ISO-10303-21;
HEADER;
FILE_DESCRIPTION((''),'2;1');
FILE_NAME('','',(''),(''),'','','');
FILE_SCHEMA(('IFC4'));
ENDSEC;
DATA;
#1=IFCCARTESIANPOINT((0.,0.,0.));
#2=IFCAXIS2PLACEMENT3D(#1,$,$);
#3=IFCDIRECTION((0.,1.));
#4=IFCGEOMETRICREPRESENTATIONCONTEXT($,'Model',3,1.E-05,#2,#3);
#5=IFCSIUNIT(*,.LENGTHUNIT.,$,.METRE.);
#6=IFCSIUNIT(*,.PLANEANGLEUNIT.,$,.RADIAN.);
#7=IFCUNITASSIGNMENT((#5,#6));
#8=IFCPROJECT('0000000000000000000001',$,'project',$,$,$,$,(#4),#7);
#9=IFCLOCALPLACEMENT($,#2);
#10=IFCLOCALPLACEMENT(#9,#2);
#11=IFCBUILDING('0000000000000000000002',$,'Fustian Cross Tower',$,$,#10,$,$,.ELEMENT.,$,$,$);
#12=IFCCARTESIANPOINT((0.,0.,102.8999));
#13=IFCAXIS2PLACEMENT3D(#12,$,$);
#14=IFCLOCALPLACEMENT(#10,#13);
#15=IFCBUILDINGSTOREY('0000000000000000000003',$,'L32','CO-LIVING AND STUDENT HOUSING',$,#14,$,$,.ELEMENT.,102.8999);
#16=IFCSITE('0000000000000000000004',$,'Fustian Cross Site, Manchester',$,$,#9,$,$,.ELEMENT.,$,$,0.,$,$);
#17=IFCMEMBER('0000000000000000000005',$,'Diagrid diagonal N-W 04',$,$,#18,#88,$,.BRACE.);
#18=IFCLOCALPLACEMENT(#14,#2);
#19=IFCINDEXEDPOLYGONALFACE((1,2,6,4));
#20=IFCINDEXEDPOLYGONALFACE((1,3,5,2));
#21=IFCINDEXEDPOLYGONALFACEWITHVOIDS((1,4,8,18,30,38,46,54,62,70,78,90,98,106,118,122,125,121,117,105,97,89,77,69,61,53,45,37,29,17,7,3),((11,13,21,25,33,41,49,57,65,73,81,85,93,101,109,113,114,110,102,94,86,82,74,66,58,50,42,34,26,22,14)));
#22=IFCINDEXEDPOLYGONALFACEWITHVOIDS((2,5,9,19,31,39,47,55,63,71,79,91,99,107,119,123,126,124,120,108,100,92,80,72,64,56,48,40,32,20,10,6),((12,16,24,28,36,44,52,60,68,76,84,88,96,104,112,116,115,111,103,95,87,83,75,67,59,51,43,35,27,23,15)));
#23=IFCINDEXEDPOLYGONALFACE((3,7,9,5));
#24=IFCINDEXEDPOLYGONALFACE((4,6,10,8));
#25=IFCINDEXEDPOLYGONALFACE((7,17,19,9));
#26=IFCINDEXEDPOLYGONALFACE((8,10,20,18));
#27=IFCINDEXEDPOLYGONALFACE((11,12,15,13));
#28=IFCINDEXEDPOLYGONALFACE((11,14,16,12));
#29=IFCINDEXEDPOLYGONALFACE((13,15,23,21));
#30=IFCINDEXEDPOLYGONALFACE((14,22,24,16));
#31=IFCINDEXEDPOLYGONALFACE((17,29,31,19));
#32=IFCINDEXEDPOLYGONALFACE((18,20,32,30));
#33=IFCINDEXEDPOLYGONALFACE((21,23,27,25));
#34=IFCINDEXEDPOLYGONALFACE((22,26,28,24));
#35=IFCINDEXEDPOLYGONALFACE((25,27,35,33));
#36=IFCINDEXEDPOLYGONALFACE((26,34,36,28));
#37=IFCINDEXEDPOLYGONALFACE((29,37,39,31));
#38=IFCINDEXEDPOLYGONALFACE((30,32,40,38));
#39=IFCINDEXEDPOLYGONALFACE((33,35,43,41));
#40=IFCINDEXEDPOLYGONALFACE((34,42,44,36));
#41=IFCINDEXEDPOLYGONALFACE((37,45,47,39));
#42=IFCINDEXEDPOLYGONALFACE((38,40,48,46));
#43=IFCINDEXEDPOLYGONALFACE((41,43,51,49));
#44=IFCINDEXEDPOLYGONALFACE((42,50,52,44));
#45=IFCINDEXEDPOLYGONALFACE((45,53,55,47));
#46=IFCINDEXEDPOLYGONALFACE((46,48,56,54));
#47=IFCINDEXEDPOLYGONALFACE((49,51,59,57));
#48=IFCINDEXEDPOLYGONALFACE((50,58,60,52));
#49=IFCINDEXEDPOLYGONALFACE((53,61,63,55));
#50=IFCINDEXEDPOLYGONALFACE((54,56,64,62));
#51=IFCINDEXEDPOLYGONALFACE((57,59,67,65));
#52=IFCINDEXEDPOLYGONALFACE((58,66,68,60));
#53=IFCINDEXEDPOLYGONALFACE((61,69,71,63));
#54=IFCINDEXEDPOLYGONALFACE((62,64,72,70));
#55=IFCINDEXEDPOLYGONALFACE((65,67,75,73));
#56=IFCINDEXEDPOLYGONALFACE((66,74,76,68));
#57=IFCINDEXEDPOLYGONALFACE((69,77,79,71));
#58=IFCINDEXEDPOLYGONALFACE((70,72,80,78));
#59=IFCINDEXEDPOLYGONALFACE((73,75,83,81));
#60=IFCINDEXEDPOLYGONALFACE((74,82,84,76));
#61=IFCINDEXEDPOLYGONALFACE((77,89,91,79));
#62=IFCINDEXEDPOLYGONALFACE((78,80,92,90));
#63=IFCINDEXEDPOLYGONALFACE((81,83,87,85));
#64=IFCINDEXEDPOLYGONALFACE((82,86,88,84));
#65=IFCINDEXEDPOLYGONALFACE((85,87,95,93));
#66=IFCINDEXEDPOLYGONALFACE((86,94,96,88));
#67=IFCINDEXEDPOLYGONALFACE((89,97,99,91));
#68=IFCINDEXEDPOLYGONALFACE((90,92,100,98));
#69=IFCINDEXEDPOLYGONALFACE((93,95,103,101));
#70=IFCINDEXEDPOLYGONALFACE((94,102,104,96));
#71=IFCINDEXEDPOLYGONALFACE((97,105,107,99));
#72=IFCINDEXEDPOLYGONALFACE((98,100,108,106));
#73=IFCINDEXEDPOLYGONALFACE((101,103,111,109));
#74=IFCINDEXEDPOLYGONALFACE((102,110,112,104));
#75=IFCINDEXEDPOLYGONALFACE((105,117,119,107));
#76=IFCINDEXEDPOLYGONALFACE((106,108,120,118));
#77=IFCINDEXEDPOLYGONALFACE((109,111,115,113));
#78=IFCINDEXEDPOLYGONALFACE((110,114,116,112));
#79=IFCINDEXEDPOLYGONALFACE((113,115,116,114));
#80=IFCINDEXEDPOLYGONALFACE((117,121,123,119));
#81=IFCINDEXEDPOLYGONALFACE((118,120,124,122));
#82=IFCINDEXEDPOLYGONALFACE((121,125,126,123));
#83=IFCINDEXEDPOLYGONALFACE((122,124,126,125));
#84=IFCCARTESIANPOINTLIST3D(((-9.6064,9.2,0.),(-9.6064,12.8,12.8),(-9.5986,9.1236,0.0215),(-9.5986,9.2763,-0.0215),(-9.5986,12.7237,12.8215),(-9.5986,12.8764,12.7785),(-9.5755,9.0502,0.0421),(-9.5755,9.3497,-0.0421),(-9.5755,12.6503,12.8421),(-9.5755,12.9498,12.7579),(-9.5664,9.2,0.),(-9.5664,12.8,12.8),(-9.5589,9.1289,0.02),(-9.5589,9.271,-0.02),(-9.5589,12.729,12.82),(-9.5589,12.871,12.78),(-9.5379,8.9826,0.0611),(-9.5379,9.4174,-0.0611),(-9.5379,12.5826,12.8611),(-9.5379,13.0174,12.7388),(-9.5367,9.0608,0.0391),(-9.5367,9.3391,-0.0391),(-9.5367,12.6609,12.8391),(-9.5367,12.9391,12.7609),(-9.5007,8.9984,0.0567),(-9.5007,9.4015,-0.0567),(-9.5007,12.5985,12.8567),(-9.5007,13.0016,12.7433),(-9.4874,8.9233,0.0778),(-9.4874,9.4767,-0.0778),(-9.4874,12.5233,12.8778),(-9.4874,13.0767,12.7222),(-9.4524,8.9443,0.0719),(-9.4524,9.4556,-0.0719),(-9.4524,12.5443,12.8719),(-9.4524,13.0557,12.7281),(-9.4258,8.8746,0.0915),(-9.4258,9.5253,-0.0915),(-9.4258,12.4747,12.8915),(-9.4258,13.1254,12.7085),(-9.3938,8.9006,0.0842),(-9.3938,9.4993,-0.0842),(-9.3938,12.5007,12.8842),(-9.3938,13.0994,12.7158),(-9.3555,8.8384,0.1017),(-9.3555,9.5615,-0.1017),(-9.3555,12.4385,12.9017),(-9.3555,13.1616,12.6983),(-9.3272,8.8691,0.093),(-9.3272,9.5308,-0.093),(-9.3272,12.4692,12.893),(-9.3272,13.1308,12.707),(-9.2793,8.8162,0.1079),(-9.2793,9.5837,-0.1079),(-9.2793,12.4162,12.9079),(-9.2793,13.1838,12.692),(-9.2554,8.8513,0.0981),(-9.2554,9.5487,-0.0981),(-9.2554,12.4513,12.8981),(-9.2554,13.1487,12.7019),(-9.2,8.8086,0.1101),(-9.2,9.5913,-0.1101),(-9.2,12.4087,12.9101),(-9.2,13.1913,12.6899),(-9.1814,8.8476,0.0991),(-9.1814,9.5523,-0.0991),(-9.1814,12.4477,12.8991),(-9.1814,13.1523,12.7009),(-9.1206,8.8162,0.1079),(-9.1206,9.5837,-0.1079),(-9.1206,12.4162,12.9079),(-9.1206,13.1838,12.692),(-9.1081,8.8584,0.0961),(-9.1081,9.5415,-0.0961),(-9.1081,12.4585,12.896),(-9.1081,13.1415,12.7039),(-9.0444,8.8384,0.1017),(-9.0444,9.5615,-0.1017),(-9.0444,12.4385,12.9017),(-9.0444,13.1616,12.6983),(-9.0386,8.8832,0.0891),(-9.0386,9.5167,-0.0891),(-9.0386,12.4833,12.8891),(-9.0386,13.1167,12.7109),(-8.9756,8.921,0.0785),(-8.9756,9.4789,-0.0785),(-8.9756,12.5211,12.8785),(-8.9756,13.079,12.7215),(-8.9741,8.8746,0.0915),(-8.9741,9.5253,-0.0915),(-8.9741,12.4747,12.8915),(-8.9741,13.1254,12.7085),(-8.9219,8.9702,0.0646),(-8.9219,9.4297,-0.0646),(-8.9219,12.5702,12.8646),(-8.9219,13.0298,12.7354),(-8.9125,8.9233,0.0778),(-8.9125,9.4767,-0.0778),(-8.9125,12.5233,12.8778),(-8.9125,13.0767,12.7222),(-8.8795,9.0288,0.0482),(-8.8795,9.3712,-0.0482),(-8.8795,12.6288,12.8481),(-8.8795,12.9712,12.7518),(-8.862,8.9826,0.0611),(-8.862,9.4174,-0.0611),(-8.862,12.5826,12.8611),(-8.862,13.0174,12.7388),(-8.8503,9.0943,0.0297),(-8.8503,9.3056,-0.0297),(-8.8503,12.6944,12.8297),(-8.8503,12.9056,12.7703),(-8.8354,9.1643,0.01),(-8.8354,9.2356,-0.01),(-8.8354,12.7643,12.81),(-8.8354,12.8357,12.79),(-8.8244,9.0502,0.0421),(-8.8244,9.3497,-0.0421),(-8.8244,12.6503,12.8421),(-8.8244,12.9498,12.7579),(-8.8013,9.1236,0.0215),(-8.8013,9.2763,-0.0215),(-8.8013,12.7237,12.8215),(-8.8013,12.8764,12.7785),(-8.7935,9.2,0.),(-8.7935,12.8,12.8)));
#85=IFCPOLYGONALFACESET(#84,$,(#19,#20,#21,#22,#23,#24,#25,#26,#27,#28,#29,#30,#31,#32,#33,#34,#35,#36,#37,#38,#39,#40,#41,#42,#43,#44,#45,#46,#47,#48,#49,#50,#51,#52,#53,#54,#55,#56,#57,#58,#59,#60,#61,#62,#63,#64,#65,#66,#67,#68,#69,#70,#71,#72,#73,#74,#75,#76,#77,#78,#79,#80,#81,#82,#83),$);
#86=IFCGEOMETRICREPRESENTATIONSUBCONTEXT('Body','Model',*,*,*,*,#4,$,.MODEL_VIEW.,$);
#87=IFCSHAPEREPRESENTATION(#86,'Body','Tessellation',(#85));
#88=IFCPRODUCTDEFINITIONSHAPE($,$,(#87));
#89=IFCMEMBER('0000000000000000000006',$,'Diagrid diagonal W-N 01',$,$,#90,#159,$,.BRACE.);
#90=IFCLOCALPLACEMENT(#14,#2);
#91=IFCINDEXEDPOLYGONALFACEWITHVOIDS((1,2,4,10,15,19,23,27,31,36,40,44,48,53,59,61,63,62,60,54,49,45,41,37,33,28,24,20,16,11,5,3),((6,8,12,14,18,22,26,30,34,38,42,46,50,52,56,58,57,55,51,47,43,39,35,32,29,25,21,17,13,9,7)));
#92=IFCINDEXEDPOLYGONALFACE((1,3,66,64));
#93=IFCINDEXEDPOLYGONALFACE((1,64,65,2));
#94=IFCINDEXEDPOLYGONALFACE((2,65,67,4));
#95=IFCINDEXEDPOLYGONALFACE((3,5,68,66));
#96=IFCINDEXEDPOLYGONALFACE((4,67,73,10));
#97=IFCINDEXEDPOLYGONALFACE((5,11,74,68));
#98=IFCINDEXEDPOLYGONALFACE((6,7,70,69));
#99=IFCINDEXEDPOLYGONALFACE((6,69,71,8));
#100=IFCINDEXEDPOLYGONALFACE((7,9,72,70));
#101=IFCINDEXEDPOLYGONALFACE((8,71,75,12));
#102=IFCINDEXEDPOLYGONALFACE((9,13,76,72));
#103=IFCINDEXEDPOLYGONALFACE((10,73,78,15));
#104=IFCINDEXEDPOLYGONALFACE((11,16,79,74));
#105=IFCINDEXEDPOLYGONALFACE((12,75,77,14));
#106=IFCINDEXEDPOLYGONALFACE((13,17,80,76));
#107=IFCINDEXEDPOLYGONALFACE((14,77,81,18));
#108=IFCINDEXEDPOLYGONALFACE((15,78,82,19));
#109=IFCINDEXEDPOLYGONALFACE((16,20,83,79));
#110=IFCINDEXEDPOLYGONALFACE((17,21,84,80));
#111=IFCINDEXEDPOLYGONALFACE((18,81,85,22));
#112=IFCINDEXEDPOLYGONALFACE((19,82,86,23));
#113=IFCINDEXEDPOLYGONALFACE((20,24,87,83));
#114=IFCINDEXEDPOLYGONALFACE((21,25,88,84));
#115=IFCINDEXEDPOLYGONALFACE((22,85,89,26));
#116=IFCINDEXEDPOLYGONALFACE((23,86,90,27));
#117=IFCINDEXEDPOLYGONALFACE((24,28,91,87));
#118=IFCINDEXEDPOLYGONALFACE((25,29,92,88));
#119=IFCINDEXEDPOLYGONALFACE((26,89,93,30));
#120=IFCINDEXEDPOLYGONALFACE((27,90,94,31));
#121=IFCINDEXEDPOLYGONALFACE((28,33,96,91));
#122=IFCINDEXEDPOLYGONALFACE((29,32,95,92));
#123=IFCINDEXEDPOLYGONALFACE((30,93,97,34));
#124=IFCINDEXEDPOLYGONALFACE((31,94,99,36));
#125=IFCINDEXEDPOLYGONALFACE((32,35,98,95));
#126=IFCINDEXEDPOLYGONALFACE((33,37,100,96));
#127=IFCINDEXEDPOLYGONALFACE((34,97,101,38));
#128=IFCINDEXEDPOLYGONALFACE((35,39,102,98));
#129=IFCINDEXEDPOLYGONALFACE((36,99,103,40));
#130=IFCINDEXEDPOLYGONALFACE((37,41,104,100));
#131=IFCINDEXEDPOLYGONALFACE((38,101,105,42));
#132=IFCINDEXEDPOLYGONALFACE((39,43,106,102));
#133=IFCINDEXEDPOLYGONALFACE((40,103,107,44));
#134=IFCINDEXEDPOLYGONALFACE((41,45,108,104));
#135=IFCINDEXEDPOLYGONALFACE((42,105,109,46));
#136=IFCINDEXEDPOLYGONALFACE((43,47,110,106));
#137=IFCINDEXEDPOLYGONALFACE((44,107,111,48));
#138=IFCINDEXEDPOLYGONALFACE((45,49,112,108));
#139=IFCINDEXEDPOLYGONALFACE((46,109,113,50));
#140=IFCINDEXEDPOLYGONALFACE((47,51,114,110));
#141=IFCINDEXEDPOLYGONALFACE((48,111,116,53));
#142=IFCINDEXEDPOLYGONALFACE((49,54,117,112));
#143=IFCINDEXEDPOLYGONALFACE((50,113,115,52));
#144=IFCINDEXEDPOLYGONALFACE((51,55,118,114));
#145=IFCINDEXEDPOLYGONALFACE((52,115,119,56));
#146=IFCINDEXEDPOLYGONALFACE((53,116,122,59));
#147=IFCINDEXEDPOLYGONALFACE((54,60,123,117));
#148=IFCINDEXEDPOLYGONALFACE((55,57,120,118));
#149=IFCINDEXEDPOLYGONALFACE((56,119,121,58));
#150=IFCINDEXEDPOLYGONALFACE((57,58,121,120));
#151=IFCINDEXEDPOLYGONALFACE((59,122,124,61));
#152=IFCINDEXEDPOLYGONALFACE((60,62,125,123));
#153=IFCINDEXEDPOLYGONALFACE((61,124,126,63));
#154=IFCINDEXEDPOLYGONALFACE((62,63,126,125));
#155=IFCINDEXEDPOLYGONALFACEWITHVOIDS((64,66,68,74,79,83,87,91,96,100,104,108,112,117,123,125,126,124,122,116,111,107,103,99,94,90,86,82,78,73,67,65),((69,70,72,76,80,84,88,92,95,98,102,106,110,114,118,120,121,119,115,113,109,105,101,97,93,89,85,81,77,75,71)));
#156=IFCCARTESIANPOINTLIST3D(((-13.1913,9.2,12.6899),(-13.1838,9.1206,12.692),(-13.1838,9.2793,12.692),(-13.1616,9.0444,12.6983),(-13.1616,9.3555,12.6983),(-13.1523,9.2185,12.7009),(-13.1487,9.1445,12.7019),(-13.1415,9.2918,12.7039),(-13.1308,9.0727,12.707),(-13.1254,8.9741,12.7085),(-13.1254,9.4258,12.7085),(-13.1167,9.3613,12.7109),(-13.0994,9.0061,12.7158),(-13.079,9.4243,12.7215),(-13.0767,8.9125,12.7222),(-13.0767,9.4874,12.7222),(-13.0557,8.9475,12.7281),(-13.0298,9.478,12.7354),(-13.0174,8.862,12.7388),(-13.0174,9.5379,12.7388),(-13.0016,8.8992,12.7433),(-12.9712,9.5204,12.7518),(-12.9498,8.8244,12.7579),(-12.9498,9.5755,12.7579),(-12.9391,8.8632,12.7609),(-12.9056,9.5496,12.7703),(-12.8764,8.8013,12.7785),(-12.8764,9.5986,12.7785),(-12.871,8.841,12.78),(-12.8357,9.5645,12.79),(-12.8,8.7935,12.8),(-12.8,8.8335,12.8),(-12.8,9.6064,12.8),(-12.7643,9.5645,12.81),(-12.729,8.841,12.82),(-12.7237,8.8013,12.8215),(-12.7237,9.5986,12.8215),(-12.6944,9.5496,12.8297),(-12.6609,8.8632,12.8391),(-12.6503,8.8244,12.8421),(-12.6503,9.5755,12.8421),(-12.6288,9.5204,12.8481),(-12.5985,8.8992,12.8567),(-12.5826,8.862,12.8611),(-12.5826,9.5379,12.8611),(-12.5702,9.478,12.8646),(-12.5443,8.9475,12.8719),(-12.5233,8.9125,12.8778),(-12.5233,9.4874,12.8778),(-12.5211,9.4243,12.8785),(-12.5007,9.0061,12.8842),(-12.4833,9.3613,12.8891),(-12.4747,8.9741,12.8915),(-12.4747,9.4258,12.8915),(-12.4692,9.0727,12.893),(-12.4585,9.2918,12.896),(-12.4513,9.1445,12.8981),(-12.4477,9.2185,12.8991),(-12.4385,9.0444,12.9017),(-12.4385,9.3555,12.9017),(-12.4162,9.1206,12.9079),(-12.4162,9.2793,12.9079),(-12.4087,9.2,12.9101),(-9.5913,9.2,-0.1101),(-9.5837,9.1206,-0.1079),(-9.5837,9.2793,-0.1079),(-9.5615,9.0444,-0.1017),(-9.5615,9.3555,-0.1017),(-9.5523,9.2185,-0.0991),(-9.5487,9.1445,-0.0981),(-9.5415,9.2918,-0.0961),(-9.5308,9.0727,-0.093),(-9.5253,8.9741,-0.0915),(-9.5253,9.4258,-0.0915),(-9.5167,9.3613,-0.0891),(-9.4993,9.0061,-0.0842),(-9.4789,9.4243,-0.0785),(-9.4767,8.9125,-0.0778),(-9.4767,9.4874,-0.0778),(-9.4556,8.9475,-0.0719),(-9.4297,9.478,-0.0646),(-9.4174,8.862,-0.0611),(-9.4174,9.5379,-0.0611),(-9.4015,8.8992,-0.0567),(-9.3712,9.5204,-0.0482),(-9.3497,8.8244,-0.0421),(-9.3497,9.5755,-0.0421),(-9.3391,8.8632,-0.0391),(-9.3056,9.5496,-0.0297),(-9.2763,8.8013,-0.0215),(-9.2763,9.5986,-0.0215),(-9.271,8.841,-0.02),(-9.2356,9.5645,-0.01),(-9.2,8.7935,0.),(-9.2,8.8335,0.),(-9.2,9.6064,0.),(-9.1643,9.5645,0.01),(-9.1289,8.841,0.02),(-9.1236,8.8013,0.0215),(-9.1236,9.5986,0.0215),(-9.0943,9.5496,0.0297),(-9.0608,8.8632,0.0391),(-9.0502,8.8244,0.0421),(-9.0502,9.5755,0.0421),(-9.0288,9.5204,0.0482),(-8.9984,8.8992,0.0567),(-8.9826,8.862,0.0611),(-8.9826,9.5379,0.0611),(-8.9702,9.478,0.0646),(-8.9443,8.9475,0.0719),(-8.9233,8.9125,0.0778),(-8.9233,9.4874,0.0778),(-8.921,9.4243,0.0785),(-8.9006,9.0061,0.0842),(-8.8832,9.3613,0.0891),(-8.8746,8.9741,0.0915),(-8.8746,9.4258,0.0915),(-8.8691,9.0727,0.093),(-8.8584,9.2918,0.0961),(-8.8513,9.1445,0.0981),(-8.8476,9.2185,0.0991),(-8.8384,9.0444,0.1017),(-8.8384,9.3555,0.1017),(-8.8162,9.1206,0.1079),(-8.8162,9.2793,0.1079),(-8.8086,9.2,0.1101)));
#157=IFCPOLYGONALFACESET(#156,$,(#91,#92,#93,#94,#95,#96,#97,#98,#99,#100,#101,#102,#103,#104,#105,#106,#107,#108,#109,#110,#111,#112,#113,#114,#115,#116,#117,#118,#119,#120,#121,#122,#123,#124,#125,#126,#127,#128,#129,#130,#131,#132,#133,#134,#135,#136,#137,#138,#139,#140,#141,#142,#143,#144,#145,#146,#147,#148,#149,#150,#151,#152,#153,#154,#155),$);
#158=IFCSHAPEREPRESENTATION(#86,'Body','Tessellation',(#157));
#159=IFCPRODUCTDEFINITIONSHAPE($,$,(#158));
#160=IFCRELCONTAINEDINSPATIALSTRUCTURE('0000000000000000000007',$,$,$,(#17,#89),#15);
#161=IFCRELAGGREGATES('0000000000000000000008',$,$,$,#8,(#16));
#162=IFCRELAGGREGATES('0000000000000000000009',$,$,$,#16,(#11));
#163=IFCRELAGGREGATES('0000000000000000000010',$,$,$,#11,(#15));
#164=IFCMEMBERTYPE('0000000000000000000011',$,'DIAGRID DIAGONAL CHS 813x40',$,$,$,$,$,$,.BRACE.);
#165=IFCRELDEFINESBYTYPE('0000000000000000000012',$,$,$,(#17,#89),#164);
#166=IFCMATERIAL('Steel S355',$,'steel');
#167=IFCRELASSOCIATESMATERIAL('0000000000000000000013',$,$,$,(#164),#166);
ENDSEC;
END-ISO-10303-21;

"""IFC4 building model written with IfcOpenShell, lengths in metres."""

from ifc_helpers import new_model, si_unit, direction, frame, origin, origin_2d, place, context, subcontext, project, spatial, hollow_circle, extrude, material, material_profile, profile_set, type_object, element, save


model = new_model("IFC4")

# Units and contexts
model_context = context("Model", 3, precision=1e-05, world=origin(), true_north=direction((0.0, 1.0)))
body_context = subcontext(model_context, "Body", "Model", "MODEL_VIEW")
ifc_project = project(units=[si_unit("LENGTHUNIT", "METRE"), si_unit("PLANEANGLEUNIT", "RADIAN")], contexts=[model_context])

# Site, building, storey
site_placement = place(None, origin())
site = spatial("IfcSite", under=ifc_project, at=site_placement, Name="Fustian Cross Site, Manchester", CompositionType="ELEMENT", RefElevation=0.0)
building_placement = place(site_placement, origin())
building = spatial("IfcBuilding", under=site, at=building_placement, Name="Fustian Cross Tower", CompositionType="ELEMENT")
storey_placement = place(building_placement, frame((0.0, 0.0, 102.8999)))
storey = spatial("IfcBuildingStorey", under=building, at=storey_placement, Name="L32", Description="CO-LIVING AND STUDENT HOUSING", CompositionType="ELEMENT", Elevation=102.8999)

# Members
ifc_material_1 = material(Name="Steel S355", Category="steel")
ifc_material_profile = material_profile(ifc_material_1, hollow_circle(Radius=0.4065, WallThickness=0.04, at=origin_2d()), Name="CHS 813x40")
ifc_profile_set = profile_set([ifc_material_profile], Name="Steel S355")
member_type = type_object("IfcMemberType", Name="DIAGRID DIAGONAL CHS 813x40", PredefinedType="BRACE", material=ifc_profile_set)
for number, where, z_axis, x_axis, name in (
    (1, (-9.2, 9.2, 0.0), (0.0, 0.270751, 0.962649), (-1.0, 0.0, 0.0), "Diagrid diagonal N-W 04"),
    (2, (-9.2, 9.2, 0.0), (-0.270751, 0.0, 0.962649), (0.0, -1.0, 0.0), "Diagrid diagonal W-N 01"),
):
    element("IfcMember", number, at=place(storey_placement, frame(where, z_axis=z_axis, x_axis=x_axis)), inside=storey, type_object=member_type, Name=name, PredefinedType="BRACE", context=body_context, shape_type="SweptSolid", body=[
        extrude(hollow_circle(Radius=0.4065, WallThickness=0.04, at=origin_2d()), origin(), (0.0, 0.0, 1.0), 13.2966),
    ])

save(model, "model.ifc")
